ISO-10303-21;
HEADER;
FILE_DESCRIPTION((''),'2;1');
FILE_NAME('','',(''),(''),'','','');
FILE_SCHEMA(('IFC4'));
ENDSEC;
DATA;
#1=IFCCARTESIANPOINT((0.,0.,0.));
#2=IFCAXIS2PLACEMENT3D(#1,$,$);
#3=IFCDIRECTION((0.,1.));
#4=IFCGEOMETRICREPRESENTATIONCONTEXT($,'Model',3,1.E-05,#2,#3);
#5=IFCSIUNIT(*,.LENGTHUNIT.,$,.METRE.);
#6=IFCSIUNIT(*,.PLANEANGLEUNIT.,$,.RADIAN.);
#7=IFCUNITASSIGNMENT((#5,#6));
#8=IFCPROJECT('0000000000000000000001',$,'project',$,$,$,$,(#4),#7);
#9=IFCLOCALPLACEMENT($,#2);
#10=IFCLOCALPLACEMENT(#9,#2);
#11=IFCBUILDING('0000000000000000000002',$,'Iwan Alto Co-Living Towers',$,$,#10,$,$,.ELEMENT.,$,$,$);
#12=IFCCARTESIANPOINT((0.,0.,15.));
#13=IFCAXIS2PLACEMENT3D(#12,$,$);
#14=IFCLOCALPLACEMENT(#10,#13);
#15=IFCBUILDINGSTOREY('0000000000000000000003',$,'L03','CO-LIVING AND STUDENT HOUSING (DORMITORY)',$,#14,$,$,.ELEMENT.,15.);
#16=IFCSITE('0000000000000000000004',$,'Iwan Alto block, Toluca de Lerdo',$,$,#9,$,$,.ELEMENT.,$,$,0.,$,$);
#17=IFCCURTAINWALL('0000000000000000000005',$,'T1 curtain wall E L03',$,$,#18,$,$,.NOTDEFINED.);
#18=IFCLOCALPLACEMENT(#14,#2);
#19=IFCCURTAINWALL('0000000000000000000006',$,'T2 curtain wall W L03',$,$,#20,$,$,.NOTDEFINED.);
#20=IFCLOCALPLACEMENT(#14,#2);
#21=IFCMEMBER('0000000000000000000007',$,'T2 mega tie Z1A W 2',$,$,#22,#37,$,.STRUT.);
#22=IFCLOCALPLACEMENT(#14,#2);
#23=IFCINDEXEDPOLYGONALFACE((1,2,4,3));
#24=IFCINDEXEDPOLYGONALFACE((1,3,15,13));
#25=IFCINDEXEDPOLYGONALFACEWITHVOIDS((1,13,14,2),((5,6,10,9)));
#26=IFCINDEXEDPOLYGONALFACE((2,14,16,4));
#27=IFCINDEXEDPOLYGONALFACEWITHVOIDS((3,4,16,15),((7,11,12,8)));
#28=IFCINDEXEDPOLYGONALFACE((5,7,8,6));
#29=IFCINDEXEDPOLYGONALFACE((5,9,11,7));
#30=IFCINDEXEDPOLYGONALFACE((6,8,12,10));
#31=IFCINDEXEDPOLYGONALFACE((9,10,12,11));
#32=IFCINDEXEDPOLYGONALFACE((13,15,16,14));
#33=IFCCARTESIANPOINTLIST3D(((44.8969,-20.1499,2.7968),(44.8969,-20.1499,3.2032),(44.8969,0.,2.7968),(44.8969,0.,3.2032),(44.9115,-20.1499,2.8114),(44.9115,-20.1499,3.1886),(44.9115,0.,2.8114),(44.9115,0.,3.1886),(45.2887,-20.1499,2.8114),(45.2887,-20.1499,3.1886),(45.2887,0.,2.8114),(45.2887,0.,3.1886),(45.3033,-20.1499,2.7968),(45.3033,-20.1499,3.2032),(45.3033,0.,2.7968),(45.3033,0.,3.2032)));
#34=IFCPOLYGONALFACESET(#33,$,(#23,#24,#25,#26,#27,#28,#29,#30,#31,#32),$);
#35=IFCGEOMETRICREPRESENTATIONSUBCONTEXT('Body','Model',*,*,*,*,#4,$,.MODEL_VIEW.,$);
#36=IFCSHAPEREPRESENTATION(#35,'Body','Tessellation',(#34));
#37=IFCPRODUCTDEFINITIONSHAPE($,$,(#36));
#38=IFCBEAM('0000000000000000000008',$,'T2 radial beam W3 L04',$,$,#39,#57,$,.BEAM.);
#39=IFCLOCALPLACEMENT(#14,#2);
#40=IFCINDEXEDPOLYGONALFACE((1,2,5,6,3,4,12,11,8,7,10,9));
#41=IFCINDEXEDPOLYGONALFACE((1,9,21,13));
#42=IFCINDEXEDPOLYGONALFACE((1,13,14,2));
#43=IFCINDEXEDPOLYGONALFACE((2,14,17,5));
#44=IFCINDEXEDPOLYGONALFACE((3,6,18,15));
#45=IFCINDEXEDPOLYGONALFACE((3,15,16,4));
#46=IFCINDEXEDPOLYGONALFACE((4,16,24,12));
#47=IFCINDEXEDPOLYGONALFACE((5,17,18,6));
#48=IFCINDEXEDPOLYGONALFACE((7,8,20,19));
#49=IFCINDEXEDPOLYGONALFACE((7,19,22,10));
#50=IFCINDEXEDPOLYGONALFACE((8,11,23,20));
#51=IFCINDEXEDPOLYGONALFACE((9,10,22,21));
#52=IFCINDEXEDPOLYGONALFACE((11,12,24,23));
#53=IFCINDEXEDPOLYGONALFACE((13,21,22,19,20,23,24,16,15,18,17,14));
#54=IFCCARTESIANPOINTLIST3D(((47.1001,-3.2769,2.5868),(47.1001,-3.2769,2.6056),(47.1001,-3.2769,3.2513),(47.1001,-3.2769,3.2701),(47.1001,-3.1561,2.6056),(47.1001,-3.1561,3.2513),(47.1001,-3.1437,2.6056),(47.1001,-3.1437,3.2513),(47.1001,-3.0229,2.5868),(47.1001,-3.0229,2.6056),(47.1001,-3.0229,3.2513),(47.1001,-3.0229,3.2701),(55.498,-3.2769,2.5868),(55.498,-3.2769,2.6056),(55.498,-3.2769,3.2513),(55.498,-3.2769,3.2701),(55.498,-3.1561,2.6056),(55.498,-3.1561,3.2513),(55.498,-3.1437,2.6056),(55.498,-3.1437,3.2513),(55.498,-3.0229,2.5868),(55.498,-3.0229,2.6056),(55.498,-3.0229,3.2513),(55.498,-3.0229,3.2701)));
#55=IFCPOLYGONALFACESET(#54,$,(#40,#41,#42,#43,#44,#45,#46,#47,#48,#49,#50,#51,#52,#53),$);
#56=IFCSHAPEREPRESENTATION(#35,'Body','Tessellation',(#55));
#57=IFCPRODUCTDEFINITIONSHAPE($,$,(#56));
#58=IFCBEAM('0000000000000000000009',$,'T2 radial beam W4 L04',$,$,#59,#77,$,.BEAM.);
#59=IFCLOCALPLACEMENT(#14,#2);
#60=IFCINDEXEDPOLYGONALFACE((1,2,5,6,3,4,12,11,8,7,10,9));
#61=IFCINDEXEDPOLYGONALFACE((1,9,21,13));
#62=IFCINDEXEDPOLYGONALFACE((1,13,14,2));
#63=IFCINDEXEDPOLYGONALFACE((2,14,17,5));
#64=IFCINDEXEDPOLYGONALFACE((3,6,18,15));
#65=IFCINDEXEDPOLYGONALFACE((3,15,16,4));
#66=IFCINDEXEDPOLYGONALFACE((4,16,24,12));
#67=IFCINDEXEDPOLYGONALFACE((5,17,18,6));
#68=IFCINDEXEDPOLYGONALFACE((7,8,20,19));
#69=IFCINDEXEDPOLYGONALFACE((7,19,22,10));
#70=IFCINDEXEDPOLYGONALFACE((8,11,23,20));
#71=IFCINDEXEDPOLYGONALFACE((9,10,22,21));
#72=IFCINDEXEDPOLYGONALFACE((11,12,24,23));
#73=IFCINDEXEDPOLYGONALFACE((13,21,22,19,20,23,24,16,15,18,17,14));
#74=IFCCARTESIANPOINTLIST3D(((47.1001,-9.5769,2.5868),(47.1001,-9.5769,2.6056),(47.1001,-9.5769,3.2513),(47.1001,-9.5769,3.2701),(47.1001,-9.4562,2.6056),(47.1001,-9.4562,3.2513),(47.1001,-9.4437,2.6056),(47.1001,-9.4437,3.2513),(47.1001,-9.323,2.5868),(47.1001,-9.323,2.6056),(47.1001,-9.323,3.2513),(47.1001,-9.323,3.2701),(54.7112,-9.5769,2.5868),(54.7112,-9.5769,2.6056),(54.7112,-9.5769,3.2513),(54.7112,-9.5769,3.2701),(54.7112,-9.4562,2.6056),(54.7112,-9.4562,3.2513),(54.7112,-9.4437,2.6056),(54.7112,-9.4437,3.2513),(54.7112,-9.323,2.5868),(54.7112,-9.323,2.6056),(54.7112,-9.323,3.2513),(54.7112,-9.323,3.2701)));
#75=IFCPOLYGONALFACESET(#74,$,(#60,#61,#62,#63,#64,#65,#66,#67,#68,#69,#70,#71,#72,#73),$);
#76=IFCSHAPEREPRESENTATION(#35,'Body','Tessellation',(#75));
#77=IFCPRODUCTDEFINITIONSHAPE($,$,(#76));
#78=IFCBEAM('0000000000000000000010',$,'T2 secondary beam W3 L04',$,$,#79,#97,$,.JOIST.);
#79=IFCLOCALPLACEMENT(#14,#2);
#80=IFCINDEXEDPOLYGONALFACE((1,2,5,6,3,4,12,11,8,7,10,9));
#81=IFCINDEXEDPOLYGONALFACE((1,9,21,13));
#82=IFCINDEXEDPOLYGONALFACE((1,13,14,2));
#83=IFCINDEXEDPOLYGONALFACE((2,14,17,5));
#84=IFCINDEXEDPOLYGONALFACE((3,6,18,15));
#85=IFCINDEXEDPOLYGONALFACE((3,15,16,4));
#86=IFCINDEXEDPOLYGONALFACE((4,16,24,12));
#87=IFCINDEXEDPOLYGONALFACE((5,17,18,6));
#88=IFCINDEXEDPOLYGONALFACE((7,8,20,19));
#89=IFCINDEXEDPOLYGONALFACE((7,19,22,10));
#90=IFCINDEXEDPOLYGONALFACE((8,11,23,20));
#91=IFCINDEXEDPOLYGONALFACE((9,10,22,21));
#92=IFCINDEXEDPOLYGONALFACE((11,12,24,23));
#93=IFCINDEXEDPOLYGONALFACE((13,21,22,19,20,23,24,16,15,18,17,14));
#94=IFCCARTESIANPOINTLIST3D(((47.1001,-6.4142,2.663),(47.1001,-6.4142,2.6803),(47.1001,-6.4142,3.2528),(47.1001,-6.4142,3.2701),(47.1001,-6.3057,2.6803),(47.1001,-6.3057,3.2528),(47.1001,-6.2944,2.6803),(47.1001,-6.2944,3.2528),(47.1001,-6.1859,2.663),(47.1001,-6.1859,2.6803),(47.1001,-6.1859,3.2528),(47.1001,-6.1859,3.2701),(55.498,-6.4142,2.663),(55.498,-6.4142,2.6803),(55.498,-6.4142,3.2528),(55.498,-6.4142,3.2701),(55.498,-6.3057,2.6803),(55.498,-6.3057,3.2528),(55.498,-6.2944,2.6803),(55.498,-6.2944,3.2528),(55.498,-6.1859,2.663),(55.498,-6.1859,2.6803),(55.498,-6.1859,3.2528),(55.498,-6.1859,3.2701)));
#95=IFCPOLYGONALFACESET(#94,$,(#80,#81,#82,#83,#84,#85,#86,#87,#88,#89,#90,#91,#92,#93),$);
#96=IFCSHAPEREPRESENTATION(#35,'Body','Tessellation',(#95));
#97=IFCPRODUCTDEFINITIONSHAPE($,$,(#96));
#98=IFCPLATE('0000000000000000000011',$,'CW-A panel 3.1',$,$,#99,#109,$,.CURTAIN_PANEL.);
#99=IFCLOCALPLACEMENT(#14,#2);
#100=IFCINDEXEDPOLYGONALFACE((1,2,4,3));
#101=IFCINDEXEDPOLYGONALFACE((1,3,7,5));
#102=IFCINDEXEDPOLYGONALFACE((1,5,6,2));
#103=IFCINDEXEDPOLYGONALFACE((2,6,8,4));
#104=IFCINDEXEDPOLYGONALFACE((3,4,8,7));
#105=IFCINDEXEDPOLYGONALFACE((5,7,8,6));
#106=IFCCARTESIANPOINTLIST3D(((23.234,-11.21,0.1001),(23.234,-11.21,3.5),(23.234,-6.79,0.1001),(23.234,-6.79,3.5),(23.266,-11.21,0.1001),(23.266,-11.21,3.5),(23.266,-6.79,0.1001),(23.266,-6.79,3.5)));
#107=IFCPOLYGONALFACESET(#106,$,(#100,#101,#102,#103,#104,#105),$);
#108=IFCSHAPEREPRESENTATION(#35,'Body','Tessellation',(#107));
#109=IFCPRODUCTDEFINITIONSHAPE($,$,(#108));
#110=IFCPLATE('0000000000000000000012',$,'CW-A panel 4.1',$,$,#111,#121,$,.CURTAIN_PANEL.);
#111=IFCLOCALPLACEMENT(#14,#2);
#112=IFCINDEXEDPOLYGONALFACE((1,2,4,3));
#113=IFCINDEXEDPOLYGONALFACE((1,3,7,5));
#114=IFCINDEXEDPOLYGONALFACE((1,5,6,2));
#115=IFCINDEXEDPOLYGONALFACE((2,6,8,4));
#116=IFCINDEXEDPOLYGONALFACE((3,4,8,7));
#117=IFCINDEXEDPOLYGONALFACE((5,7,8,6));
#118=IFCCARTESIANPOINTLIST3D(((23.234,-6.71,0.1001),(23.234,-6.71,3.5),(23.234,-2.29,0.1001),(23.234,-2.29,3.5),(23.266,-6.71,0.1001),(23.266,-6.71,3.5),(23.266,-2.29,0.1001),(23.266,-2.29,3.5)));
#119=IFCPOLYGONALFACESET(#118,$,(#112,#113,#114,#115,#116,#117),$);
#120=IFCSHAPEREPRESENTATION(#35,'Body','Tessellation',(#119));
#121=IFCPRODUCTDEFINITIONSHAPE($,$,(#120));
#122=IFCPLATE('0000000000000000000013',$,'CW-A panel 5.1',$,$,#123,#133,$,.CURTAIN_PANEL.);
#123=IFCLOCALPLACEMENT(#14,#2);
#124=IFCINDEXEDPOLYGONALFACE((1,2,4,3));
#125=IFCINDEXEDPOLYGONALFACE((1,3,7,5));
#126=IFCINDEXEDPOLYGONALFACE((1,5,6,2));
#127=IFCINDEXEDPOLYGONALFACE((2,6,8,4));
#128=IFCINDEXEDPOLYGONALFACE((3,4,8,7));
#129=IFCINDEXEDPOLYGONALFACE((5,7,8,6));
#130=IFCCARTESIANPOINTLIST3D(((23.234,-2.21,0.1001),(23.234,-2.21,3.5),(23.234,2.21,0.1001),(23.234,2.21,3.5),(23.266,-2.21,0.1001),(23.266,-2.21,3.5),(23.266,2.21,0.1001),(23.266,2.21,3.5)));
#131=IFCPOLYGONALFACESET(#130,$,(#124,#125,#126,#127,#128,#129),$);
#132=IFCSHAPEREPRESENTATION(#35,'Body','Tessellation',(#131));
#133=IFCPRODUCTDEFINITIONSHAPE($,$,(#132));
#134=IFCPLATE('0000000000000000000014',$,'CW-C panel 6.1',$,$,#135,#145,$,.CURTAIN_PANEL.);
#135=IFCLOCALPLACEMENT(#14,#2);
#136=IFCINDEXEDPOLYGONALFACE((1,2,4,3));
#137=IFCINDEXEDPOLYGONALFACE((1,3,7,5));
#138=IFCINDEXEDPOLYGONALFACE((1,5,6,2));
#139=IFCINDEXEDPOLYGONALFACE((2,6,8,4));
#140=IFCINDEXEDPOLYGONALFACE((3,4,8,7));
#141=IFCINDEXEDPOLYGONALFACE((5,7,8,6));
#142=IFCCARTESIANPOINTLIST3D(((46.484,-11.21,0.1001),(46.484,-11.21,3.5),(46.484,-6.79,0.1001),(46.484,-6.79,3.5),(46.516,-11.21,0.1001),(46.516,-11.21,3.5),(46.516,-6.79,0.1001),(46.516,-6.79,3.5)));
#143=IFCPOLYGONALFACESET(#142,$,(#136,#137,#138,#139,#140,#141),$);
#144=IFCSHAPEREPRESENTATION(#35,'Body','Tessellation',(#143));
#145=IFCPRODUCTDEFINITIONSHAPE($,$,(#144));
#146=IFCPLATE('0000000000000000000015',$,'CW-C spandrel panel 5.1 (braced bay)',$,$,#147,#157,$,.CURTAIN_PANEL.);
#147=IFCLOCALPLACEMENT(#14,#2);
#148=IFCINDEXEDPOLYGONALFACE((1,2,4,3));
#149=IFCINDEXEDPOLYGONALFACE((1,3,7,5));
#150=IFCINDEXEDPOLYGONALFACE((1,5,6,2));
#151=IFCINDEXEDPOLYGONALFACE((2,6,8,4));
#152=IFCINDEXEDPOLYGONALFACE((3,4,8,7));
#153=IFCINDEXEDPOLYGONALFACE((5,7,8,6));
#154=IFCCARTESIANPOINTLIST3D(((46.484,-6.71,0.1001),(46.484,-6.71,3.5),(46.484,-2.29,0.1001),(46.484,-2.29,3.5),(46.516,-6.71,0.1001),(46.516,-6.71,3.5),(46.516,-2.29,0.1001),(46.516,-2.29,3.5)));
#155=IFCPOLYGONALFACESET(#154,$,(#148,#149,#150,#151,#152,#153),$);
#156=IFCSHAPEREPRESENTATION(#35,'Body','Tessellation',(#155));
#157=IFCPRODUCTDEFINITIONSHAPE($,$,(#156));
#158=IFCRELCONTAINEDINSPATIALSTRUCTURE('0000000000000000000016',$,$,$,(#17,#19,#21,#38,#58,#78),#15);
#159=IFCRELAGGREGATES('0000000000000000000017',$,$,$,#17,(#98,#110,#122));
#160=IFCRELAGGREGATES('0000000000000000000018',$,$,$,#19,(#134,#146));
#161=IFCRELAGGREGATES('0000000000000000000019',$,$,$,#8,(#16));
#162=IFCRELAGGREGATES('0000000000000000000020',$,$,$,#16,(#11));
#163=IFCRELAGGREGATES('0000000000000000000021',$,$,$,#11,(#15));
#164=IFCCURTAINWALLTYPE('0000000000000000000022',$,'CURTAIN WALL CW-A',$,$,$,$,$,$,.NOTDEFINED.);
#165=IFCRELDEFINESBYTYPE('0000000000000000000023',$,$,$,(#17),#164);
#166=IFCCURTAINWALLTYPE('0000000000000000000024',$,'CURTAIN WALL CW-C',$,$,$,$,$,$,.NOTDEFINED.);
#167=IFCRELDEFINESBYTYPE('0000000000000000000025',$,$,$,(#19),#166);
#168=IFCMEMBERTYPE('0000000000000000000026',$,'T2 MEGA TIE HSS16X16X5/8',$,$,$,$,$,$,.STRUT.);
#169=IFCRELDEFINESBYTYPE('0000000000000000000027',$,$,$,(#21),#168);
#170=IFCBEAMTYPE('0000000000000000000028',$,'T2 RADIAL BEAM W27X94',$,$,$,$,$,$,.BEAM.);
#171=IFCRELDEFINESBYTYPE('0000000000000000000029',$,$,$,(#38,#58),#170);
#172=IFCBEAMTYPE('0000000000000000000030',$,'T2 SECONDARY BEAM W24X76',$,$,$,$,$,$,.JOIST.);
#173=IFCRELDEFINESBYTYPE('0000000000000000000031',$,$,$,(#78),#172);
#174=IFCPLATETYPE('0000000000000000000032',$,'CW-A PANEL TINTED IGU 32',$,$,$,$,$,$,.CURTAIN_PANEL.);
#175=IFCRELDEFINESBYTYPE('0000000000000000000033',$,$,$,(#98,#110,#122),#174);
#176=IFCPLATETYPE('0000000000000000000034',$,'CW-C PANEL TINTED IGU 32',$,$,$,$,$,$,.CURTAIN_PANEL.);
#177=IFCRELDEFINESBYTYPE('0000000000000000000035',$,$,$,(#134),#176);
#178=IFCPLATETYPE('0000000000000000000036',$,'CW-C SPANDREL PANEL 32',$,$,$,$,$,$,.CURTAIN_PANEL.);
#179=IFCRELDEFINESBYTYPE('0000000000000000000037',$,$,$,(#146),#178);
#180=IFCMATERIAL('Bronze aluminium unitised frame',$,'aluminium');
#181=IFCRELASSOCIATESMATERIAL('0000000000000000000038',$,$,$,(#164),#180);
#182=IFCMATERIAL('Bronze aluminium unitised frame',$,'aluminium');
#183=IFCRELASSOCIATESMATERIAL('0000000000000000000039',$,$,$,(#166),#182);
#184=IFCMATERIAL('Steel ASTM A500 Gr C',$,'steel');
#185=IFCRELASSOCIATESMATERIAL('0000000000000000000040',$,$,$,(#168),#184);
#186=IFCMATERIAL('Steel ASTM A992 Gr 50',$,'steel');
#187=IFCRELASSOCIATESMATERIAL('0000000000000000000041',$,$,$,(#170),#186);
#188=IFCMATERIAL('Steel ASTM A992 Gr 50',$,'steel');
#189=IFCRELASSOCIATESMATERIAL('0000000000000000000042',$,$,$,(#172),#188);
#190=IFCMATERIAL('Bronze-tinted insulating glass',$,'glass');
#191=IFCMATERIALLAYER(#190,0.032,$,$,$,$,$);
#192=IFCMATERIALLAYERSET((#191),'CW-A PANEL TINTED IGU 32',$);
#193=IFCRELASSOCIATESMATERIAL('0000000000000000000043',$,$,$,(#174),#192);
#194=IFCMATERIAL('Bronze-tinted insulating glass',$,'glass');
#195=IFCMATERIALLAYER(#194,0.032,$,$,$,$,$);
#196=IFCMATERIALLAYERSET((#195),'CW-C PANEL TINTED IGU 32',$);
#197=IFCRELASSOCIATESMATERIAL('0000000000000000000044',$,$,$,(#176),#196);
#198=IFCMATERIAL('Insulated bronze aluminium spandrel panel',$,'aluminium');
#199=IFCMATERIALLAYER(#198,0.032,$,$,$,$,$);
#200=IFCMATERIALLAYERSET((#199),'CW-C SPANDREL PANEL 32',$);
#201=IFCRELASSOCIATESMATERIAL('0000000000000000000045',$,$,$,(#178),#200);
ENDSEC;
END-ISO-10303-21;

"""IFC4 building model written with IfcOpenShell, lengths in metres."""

from ifc_helpers import new_model, si_unit, direction, frame, origin, origin_2d, place, context, subcontext, project, spatial, rectangle, hollow_rectangle, i_section, extrude, material, layer, layer_set, material_profile, profile_set, type_object, element, aggregate, save


model = new_model("IFC4")

# Units and contexts
model_context = context("Model", 3, precision=1e-05, world=origin(), true_north=direction((0.0, 1.0)))
body_context = subcontext(model_context, "Body", "Model", "MODEL_VIEW")
ifc_project = project(units=[si_unit("LENGTHUNIT", "METRE"), si_unit("PLANEANGLEUNIT", "RADIAN")], contexts=[model_context])

# Site, building, storey
site_placement = place(None, origin())
site = spatial("IfcSite", under=ifc_project, at=site_placement, Name="Iwan Alto block, Toluca de Lerdo", CompositionType="ELEMENT", RefElevation=0.0)
building_placement = place(site_placement, origin())
building = spatial("IfcBuilding", under=site, at=building_placement, Name="Iwan Alto Co-Living Towers", CompositionType="ELEMENT")
storey_placement = place(building_placement, frame((0.0, 0.0, 15.0)))
storey = spatial("IfcBuildingStorey", under=building, at=storey_placement, Name="L03", Description="CO-LIVING AND STUDENT HOUSING (DORMITORY)", CompositionType="ELEMENT", Elevation=15.0)

# Curtain walls
ifc_material_1 = material(Name="Bronze aluminium unitised frame", Category="aluminium")
curtain_wall_type_1 = type_object("IfcCurtainWallType", Name="CURTAIN WALL CW-A", PredefinedType="NOTDEFINED", material=ifc_material_1)
curtain_wall_1_placement = place(storey_placement, origin())
curtain_wall_1 = element("IfcCurtainWall", 1, at=curtain_wall_1_placement, inside=storey, type_object=curtain_wall_type_1, Name="T1 curtain wall E L03", PredefinedType="NOTDEFINED")
ifc_material_2 = material(Name="Bronze aluminium unitised frame", Category="aluminium")
curtain_wall_type_2 = type_object("IfcCurtainWallType", Name="CURTAIN WALL CW-C", PredefinedType="NOTDEFINED", material=ifc_material_2)
curtain_wall_2_placement = place(storey_placement, origin())
curtain_wall_2 = element("IfcCurtainWall", 2, at=curtain_wall_2_placement, inside=storey, type_object=curtain_wall_type_2, Name="T2 curtain wall W L03", PredefinedType="NOTDEFINED")

# Member
ifc_material_3 = material(Name="Steel ASTM A500 Gr C", Category="steel")
ifc_material_profile_1 = material_profile(ifc_material_3, hollow_rectangle(XDim=0.4065, YDim=0.4065, WallThickness=0.0146, at=origin_2d()), Name="HSS16X16X5/8")
ifc_profile_set_1 = profile_set([ifc_material_profile_1], Name="Steel ASTM A500 Gr C")
member_type_1 = type_object("IfcMemberType", Name="T2 MEGA TIE HSS16X16X5/8", PredefinedType="STRUT", material=ifc_profile_set_1)
member_1_placement = place(storey_placement, frame((45.1001, 0.0, 3.0), z_axis=(0.0, -1.0, 0.0), x_axis=(1.0, 0.0, 0.0)))
element("IfcMember", 3, at=member_1_placement, inside=storey, type_object=member_type_1, Name="T2 mega tie Z1A W 2", PredefinedType="STRUT", context=body_context, shape_type="SweptSolid", body=[
    extrude(hollow_rectangle(XDim=0.4065, YDim=0.4065, WallThickness=0.0146, at=origin_2d()), origin(), (0.0, 0.0, 1.0), 20.1499),
])

# Beams
ifc_material_4 = material(Name="Steel ASTM A992 Gr 50", Category="steel")
ifc_material_profile_2 = material_profile(ifc_material_4, i_section(OverallWidth=0.2539, OverallDepth=0.6833, WebThickness=0.0125, FlangeThickness=0.0188, at=origin_2d()), Name="W27X94")
ifc_profile_set_2 = profile_set([ifc_material_profile_2], Name="Steel ASTM A992 Gr 50")
beam_type_1 = type_object("IfcBeamType", Name="T2 RADIAL BEAM W27X94", PredefinedType="BEAM", material=ifc_profile_set_2)
beam_1_placement = place(storey_placement, frame((47.1001, -3.1499, 2.9285), z_axis=(1.0, 0.0, 0.0), x_axis=(0.0, 1.0, 0.0)))
element("IfcBeam", 4, at=beam_1_placement, inside=storey, type_object=beam_type_1, Name="T2 radial beam W3 L04", PredefinedType="BEAM", context=body_context, shape_type="SweptSolid", body=[
    extrude(i_section(OverallWidth=0.2539, OverallDepth=0.6833, WebThickness=0.0125, FlangeThickness=0.0188, at=origin_2d()), origin(), (0.0, 0.0, 1.0), 8.3979),
])
beam_2_placement = place(storey_placement, frame((47.1001, -9.45, 2.9285), z_axis=(1.0, 0.0, 0.0), x_axis=(0.0, 1.0, 0.0)))
element("IfcBeam", 5, at=beam_2_placement, inside=storey, type_object=beam_type_1, Name="T2 radial beam W4 L04", PredefinedType="BEAM", context=body_context, shape_type="SweptSolid", body=[
    extrude(i_section(OverallWidth=0.2539, OverallDepth=0.6833, WebThickness=0.0125, FlangeThickness=0.0188, at=origin_2d()), origin(), (0.0, 0.0, 1.0), 7.6111),
])
ifc_material_5 = material(Name="Steel ASTM A992 Gr 50", Category="steel")
ifc_material_profile_3 = material_profile(ifc_material_5, i_section(OverallWidth=0.2283, OverallDepth=0.6072, WebThickness=0.0112, FlangeThickness=0.0173, at=origin_2d()), Name="W24X76")
ifc_profile_set_3 = profile_set([ifc_material_profile_3], Name="Steel ASTM A992 Gr 50")
beam_type_2 = type_object("IfcBeamType", Name="T2 SECONDARY BEAM W24X76", PredefinedType="JOIST", material=ifc_profile_set_3)
beam_3_placement = place(storey_placement, frame((47.1001, -6.3, 2.9666), z_axis=(1.0, 0.0, 0.0), x_axis=(0.0, 1.0, 0.0)))
element("IfcBeam", 6, at=beam_3_placement, inside=storey, type_object=beam_type_2, Name="T2 secondary beam W3 L04", PredefinedType="JOIST", context=body_context, shape_type="SweptSolid", body=[
    extrude(i_section(OverallWidth=0.2283, OverallDepth=0.6072, WebThickness=0.0112, FlangeThickness=0.0173, at=origin_2d()), origin(), (0.0, 0.0, 1.0), 8.3979),
])

# Plates
ifc_material_6 = material(Name="Bronze-tinted insulating glass", Category="glass")
ifc_layer_1 = layer(ifc_material_6, 0.032)
ifc_layer_set_1 = layer_set([ifc_layer_1], Name="CW-A PANEL TINTED IGU 32")
plate_type_1 = type_object("IfcPlateType", Name="CW-A PANEL TINTED IGU 32", PredefinedType="CURTAIN_PANEL", material=ifc_layer_set_1)
plate_1_placement = place(storey_placement, frame((23.25, -9.0, 0.1001), z_axis=(0.0, 0.0, 1.0), x_axis=(0.0, 1.0, 0.0)))
plate_1 = element("IfcPlate", 7, at=plate_1_placement, type_object=plate_type_1, Name="CW-A panel 3.1", PredefinedType="CURTAIN_PANEL", context=body_context, shape_type="SweptSolid", body=[
    extrude(rectangle(XDim=4.4199, YDim=0.032, at=origin_2d()), origin(), (0.0, 0.0, 1.0), 3.3999),
])
plate_2_placement = place(storey_placement, frame((23.25, -4.5, 0.1001), z_axis=(0.0, 0.0, 1.0), x_axis=(0.0, 1.0, 0.0)))
plate_2 = element("IfcPlate", 8, at=plate_2_placement, type_object=plate_type_1, Name="CW-A panel 4.1", PredefinedType="CURTAIN_PANEL", context=body_context, shape_type="SweptSolid", body=[
    extrude(rectangle(XDim=4.4199, YDim=0.032, at=origin_2d()), origin(), (0.0, 0.0, 1.0), 3.3999),
])
plate_3_placement = place(storey_placement, frame((23.25, 0.0, 0.1001), z_axis=(0.0, 0.0, 1.0), x_axis=(0.0, 1.0, 0.0)))
plate_3 = element("IfcPlate", 9, at=plate_3_placement, type_object=plate_type_1, Name="CW-A panel 5.1", PredefinedType="CURTAIN_PANEL", context=body_context, shape_type="SweptSolid", body=[
    extrude(rectangle(XDim=4.4199, YDim=0.032, at=origin_2d()), origin(), (0.0, 0.0, 1.0), 3.3999),
])
aggregate(curtain_wall_1, [plate_1, plate_2, plate_3])
ifc_material_7 = material(Name="Bronze-tinted insulating glass", Category="glass")
ifc_layer_2 = layer(ifc_material_7, 0.032)
ifc_layer_set_2 = layer_set([ifc_layer_2], Name="CW-C PANEL TINTED IGU 32")
plate_type_2 = type_object("IfcPlateType", Name="CW-C PANEL TINTED IGU 32", PredefinedType="CURTAIN_PANEL", material=ifc_layer_set_2)
plate_4_placement = place(storey_placement, frame((46.5, -9.0, 0.1001), z_axis=(0.0, 0.0, 1.0), x_axis=(0.0, -1.0, 0.0)))
plate_4 = element("IfcPlate", 10, at=plate_4_placement, type_object=plate_type_2, Name="CW-C panel 6.1", PredefinedType="CURTAIN_PANEL", context=body_context, shape_type="SweptSolid", body=[
    extrude(rectangle(XDim=4.4199, YDim=0.032, at=origin_2d()), origin(), (0.0, 0.0, 1.0), 3.3999),
])
ifc_material_8 = material(Name="Insulated bronze aluminium spandrel panel", Category="aluminium")
ifc_layer_3 = layer(ifc_material_8, 0.032)
ifc_layer_set_3 = layer_set([ifc_layer_3], Name="CW-C SPANDREL PANEL 32")
plate_type_3 = type_object("IfcPlateType", Name="CW-C SPANDREL PANEL 32", PredefinedType="CURTAIN_PANEL", material=ifc_layer_set_3)
plate_5_placement = place(storey_placement, frame((46.5, -4.5, 0.1001), z_axis=(0.0, 0.0, 1.0), x_axis=(0.0, -1.0, 0.0)))
plate_5 = element("IfcPlate", 11, at=plate_5_placement, type_object=plate_type_3, Name="CW-C spandrel panel 5.1 (braced bay)", PredefinedType="CURTAIN_PANEL", context=body_context, shape_type="SweptSolid", body=[
    extrude(rectangle(XDim=4.4199, YDim=0.032, at=origin_2d()), origin(), (0.0, 0.0, 1.0), 3.3999),
])
aggregate(curtain_wall_2, [plate_4, plate_5])

save(model, "model.ifc")
